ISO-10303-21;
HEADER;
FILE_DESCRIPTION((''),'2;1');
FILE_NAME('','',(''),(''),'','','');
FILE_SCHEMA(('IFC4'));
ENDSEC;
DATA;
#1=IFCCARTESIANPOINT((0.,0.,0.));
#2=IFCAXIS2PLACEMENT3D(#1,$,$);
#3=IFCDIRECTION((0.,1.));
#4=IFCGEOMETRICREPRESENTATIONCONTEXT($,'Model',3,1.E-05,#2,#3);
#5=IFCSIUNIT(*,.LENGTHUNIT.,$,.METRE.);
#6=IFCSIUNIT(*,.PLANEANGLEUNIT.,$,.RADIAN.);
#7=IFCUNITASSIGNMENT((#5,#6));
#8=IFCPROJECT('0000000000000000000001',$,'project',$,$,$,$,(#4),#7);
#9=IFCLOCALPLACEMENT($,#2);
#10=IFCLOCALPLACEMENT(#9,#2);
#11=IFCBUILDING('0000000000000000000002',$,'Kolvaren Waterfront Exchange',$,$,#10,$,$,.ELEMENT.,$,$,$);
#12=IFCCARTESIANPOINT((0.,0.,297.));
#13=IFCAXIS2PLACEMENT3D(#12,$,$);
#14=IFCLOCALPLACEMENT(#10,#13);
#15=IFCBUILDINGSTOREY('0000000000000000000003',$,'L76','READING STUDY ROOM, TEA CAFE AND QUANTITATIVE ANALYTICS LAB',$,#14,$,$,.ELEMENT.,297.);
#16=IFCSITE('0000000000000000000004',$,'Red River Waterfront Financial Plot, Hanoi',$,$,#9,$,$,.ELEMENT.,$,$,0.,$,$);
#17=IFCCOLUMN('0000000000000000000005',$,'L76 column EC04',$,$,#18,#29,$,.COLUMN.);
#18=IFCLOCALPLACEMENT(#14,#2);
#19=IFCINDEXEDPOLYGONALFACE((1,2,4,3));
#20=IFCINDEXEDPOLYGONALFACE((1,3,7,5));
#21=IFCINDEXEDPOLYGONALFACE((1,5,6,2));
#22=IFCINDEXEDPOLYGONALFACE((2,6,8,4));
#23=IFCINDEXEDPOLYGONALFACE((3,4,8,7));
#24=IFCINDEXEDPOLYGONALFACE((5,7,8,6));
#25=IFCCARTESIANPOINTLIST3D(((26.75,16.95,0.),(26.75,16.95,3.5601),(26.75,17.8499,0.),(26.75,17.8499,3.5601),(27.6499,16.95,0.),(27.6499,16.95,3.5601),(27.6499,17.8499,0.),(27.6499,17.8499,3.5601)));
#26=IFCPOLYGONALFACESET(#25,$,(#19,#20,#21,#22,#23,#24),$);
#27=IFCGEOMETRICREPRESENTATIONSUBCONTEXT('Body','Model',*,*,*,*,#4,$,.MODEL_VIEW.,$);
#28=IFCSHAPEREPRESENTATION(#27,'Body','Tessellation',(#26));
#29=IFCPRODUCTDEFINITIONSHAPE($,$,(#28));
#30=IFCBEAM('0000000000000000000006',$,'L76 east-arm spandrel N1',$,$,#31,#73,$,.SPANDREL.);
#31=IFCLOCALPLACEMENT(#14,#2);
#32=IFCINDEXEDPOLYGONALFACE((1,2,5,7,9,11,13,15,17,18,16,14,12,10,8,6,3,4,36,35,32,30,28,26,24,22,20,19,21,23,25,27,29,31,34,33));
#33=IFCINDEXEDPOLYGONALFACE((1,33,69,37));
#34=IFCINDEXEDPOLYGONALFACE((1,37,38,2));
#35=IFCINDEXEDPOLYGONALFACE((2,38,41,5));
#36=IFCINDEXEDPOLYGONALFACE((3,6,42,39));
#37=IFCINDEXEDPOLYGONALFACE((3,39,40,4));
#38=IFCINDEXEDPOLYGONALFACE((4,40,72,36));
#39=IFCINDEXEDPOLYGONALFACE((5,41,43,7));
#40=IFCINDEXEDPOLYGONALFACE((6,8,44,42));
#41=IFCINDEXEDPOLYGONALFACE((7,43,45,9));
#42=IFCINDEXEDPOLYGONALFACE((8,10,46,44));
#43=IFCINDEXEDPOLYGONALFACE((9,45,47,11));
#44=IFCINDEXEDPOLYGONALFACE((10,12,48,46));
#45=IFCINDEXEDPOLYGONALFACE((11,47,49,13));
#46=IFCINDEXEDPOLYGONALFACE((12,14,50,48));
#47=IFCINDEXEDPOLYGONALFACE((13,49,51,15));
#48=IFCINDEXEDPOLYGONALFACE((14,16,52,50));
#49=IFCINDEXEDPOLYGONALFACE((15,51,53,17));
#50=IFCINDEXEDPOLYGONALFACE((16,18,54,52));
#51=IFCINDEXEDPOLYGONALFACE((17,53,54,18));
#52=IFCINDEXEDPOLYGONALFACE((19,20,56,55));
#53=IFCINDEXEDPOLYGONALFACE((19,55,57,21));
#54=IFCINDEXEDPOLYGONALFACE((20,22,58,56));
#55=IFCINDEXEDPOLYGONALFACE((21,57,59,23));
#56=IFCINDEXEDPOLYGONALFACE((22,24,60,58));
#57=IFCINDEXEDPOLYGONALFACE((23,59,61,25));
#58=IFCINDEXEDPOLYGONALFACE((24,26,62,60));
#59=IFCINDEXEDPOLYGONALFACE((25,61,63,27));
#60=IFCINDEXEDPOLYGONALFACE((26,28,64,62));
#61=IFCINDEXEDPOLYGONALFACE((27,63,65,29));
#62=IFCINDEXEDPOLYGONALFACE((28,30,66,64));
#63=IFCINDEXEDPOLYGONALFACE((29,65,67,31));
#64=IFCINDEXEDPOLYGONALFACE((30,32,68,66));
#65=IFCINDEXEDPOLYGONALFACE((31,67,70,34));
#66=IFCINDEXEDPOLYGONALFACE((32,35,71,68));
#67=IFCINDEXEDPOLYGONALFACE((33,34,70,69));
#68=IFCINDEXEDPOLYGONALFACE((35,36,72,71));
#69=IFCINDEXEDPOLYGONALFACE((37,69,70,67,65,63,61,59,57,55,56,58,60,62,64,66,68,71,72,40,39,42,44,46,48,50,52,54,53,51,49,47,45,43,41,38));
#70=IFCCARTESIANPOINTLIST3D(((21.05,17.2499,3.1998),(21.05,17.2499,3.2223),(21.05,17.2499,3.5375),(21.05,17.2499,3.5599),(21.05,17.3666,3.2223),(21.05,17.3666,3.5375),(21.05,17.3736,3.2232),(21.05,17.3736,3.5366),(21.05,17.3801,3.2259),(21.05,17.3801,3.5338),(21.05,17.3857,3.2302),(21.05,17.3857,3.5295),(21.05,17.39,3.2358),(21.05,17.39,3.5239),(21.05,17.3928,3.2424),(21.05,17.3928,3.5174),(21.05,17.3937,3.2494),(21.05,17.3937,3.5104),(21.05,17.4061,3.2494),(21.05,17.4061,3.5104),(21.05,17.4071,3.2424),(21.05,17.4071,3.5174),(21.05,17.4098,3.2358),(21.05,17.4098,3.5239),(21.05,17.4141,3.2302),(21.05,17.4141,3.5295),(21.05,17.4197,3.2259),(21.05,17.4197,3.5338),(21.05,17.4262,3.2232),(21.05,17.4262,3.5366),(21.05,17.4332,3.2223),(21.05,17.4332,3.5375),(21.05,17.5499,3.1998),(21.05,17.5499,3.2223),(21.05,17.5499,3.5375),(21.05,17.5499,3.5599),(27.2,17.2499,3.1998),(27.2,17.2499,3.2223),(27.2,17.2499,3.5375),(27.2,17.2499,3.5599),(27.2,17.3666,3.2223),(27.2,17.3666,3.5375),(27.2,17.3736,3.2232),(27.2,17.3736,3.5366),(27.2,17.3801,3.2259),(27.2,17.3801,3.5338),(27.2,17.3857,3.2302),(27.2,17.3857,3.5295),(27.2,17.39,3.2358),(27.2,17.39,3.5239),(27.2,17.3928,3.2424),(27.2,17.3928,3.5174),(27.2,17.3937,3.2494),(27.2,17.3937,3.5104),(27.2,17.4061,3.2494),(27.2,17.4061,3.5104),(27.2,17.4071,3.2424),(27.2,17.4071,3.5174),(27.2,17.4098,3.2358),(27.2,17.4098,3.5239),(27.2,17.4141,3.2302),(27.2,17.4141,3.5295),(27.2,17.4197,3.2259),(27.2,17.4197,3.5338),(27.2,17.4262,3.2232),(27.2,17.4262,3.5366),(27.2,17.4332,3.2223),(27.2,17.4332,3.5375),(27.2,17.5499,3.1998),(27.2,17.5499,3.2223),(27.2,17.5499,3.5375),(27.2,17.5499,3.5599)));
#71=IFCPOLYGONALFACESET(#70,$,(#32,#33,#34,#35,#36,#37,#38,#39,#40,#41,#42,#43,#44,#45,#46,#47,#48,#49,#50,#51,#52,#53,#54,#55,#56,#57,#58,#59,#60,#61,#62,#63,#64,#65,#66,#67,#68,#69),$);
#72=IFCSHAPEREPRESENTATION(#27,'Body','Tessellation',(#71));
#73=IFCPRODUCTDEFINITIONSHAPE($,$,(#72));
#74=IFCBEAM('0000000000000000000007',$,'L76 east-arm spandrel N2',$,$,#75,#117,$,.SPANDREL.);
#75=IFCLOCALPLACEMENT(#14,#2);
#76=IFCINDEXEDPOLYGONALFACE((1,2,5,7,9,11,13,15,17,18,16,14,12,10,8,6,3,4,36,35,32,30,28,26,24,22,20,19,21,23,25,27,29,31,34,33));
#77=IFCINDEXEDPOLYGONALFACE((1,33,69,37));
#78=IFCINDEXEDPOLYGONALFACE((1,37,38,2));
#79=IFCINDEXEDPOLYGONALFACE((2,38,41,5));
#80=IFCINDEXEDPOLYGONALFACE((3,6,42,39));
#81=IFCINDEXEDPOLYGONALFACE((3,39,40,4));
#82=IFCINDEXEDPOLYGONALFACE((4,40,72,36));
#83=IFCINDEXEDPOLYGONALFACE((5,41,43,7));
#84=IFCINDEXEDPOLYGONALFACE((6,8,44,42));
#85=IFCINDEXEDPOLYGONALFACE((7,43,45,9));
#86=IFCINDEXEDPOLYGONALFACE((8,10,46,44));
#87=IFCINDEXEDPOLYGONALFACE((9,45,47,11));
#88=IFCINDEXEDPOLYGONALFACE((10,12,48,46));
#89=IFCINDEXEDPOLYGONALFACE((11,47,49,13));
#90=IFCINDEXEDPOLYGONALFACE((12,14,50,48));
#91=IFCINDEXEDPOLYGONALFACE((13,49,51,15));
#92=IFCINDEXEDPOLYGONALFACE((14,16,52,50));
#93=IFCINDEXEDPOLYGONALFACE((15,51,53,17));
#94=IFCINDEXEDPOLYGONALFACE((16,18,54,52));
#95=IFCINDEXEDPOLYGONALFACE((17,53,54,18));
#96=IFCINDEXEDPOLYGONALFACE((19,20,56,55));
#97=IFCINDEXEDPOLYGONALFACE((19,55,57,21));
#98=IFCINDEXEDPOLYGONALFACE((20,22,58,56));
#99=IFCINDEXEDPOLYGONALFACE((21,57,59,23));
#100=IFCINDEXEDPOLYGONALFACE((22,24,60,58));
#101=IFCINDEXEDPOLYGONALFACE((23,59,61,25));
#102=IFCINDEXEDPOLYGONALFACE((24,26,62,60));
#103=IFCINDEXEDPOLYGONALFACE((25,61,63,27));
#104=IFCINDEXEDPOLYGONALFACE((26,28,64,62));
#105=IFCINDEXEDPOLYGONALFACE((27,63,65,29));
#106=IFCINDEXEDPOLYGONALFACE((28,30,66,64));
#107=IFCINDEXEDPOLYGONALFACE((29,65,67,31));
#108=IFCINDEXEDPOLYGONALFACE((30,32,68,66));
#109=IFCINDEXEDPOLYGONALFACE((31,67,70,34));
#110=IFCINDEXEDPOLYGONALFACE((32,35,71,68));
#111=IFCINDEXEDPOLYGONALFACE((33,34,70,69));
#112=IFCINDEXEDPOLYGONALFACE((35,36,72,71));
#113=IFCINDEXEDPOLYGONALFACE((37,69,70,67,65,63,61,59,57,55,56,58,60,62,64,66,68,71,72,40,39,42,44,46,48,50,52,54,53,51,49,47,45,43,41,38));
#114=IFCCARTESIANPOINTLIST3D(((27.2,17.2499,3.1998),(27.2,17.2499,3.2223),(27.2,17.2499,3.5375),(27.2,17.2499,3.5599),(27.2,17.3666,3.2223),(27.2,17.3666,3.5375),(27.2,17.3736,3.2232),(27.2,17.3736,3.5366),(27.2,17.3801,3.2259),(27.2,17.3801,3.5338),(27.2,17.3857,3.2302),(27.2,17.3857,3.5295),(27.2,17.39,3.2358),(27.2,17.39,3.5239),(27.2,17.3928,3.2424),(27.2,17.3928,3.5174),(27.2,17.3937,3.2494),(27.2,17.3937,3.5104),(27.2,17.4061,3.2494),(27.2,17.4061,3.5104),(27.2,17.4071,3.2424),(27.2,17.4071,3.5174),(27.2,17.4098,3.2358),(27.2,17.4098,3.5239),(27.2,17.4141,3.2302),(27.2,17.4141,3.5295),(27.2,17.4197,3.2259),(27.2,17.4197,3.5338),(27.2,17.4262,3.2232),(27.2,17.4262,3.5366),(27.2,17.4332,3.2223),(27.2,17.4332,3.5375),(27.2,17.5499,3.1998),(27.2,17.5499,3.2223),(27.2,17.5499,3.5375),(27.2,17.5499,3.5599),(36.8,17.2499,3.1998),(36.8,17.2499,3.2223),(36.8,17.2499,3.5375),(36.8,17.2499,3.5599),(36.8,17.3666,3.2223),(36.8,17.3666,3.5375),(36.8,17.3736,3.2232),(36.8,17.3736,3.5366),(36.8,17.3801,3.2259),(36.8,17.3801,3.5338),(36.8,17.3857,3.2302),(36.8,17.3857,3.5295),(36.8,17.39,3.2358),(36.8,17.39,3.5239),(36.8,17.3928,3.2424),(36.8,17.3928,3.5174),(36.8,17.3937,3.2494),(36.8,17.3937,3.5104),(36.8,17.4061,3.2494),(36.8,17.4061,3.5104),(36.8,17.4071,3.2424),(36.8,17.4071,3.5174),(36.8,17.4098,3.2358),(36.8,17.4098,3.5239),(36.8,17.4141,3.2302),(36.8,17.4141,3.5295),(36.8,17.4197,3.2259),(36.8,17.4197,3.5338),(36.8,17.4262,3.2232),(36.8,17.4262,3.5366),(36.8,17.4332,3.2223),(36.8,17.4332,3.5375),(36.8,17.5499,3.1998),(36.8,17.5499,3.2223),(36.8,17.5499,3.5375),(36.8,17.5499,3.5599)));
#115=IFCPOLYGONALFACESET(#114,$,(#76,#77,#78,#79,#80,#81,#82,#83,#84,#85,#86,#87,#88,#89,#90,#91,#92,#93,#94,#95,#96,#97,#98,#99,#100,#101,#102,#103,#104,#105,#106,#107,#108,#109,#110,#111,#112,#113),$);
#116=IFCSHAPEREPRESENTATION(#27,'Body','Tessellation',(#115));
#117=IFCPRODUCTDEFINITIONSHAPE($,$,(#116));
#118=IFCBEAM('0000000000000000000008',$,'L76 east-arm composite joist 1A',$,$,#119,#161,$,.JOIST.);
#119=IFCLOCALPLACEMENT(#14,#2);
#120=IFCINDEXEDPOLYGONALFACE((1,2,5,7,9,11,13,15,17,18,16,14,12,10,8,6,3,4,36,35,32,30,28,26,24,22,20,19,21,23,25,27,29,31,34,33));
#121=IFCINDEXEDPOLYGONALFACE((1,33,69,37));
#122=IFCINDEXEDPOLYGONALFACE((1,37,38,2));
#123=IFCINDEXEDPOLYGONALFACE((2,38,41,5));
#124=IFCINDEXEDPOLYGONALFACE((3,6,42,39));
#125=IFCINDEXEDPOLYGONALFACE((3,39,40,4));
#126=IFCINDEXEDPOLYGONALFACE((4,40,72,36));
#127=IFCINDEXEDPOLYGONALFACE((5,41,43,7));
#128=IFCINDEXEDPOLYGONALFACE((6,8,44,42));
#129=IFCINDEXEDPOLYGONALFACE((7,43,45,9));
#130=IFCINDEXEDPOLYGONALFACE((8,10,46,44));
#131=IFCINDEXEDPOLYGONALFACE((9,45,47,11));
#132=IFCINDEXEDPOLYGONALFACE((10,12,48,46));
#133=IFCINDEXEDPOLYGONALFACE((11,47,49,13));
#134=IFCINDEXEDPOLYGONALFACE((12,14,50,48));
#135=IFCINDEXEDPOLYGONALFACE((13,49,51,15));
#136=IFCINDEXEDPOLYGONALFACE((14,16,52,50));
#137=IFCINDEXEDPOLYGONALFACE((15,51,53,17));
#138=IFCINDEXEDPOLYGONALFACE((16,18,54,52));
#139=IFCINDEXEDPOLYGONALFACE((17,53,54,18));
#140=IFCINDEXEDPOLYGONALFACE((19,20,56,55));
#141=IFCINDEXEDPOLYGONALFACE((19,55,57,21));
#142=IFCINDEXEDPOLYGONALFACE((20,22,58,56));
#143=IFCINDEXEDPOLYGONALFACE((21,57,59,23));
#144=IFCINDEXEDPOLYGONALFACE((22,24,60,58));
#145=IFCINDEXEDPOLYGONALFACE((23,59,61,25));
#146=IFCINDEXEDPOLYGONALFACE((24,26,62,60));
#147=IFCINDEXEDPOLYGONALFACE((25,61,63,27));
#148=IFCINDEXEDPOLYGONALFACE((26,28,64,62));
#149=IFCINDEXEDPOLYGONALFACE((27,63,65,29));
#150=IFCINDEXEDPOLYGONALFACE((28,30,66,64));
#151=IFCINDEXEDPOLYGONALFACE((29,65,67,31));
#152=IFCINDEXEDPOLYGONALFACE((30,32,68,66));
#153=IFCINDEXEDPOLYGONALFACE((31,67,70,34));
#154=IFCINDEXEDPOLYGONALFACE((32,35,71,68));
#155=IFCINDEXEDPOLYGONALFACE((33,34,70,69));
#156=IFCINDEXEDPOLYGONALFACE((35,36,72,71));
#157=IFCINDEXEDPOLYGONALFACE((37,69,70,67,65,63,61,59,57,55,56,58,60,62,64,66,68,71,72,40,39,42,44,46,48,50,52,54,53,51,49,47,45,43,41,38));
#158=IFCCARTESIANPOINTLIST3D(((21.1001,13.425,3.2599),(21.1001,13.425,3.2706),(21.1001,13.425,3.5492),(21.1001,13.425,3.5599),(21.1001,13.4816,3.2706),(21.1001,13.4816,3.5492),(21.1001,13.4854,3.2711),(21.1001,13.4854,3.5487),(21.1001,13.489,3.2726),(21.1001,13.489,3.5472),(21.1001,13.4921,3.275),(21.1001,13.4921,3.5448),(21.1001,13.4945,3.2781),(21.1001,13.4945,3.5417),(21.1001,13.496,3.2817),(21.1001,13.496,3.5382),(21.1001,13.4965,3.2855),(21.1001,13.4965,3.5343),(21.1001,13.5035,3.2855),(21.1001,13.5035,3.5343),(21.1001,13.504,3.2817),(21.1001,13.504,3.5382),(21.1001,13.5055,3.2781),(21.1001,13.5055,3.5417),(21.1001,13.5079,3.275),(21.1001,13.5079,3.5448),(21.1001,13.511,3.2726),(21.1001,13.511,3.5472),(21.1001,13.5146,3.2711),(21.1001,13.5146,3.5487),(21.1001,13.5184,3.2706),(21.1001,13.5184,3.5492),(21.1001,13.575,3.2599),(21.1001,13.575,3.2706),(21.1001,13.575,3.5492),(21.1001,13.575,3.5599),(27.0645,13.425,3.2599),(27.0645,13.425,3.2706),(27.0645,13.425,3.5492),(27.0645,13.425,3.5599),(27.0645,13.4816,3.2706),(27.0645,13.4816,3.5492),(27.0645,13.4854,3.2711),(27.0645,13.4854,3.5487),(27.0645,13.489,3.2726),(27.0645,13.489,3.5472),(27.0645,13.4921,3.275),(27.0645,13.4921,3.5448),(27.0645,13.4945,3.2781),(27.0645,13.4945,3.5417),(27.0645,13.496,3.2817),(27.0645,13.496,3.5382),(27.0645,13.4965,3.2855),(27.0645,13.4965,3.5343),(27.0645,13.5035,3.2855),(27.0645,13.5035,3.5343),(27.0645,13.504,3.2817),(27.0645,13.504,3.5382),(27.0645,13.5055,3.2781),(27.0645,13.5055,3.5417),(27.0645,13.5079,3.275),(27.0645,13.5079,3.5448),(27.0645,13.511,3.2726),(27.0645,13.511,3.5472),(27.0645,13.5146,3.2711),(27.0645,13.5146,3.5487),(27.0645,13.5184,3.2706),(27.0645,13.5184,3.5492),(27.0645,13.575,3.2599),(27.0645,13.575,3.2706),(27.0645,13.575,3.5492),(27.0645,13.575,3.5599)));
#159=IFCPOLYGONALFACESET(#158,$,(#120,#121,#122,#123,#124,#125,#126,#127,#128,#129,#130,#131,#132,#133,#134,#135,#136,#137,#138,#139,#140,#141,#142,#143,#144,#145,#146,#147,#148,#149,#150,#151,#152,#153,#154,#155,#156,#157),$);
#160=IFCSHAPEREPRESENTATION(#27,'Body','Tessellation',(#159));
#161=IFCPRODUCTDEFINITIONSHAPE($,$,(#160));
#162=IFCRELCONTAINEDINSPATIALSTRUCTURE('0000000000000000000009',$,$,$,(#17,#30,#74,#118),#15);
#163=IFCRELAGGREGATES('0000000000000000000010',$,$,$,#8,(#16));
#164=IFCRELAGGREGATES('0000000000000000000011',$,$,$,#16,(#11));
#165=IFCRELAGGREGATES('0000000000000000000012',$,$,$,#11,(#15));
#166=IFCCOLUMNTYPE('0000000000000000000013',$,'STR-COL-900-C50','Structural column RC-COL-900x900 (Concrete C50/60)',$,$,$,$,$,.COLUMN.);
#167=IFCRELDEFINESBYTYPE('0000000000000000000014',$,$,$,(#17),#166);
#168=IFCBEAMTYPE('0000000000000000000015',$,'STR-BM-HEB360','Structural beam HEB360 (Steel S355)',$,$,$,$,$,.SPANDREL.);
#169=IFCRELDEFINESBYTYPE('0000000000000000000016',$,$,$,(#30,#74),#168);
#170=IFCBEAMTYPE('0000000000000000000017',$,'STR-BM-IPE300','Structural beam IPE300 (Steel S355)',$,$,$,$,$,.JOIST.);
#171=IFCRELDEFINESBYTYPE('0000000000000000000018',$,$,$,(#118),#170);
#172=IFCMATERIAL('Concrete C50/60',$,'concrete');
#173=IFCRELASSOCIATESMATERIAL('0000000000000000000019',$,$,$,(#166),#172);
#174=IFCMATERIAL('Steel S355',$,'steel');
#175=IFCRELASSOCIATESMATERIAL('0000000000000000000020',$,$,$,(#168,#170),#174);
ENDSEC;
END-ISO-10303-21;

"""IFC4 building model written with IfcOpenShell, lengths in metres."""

from ifc_helpers import new_model, si_unit, direction, frame, origin, origin_2d, place, context, subcontext, project, spatial, rectangle, i_section, extrude, material, material_profile, profile_set, type_object, element, save


model = new_model("IFC4")

# Units and contexts
model_context = context("Model", 3, precision=1e-05, world=origin(), true_north=direction((0.0, 1.0)))
body_context = subcontext(model_context, "Body", "Model", "MODEL_VIEW")
ifc_project = project(units=[si_unit("LENGTHUNIT", "METRE"), si_unit("PLANEANGLEUNIT", "RADIAN")], contexts=[model_context])

# Site, building, storey
site_placement = place(None, origin())
site = spatial("IfcSite", under=ifc_project, at=site_placement, Name="Red River Waterfront Financial Plot, Hanoi", CompositionType="ELEMENT", RefElevation=0.0)
building_placement = place(site_placement, origin())
building = spatial("IfcBuilding", under=site, at=building_placement, Name="Kolvaren Waterfront Exchange", CompositionType="ELEMENT")
storey_placement = place(building_placement, frame((0.0, 0.0, 297.0)))
storey = spatial("IfcBuildingStorey", under=building, at=storey_placement, Name="L76", Description="READING STUDY ROOM, TEA CAFE AND QUANTITATIVE ANALYTICS LAB", CompositionType="ELEMENT", Elevation=297.0)

# Column
ifc_material_1 = material(Name="Concrete C50/60", Category="concrete")
ifc_material_profile_1 = material_profile(ifc_material_1, rectangle(XDim=0.8999, YDim=0.8999, at=origin_2d()), Name="RC-COL-900x900")
ifc_profile_set_1 = profile_set([ifc_material_profile_1], Name="Concrete C50/60")
column_type = type_object("IfcColumnType", Name="STR-COL-900-C50", Description="Structural column RC-COL-900x900 (Concrete C50/60)", PredefinedType="COLUMN", material=ifc_profile_set_1)
column_placement = place(storey_placement, frame((27.2, 17.3999, 0.0), z_axis=(0.0, 0.0, 1.0), x_axis=(1.0, 0.0, 0.0)))
element("IfcColumn", 1, at=column_placement, inside=storey, type_object=column_type, Name="L76 column EC04", PredefinedType="COLUMN", context=body_context, shape_type="SweptSolid", body=[
    extrude(rectangle(XDim=0.8999, YDim=0.8999, at=origin_2d()), origin(), (0.0, 0.0, 1.0), 3.5601),
])

# Beams
ifc_material_2 = material(Name="Steel S355", Category="steel")
ifc_material_profile_2 = material_profile(ifc_material_2, i_section(OverallWidth=0.3, OverallDepth=0.3601, WebThickness=0.0125, FlangeThickness=0.0225, FilletRadius=0.0271, at=origin_2d()), Name="HEB360")
ifc_profile_set_2 = profile_set([ifc_material_profile_2], Name="Steel S355")
beam_type_1 = type_object("IfcBeamType", Name="STR-BM-HEB360", Description="Structural beam HEB360 (Steel S355)", PredefinedType="SPANDREL", material=ifc_profile_set_2)
beam_1_placement = place(storey_placement, frame((21.05, 17.3999, 3.3799), z_axis=(1.0, 0.0, 0.0), x_axis=(0.0, 1.0, 0.0)))
element("IfcBeam", 2, at=beam_1_placement, inside=storey, type_object=beam_type_1, Name="L76 east-arm spandrel N1", PredefinedType="SPANDREL", context=body_context, shape_type="SweptSolid", body=[
    extrude(i_section(OverallWidth=0.3, OverallDepth=0.3601, WebThickness=0.0125, FlangeThickness=0.0225, FilletRadius=0.0271, at=origin_2d()), origin(), (0.0, 0.0, 1.0), 6.1499),
])
beam_2_placement = place(storey_placement, frame((27.2, 17.3999, 3.3799), z_axis=(1.0, 0.0, 0.0), x_axis=(0.0, 1.0, 0.0)))
element("IfcBeam", 3, at=beam_2_placement, inside=storey, type_object=beam_type_1, Name="L76 east-arm spandrel N2", PredefinedType="SPANDREL", context=body_context, shape_type="SweptSolid", body=[
    extrude(i_section(OverallWidth=0.3, OverallDepth=0.3601, WebThickness=0.0125, FlangeThickness=0.0225, FilletRadius=0.0271, at=origin_2d()), origin(), (0.0, 0.0, 1.0), 9.6001),
])
ifc_material_profile_3 = material_profile(ifc_material_2, i_section(OverallWidth=0.1499, OverallDepth=0.3, WebThickness=0.0071, FlangeThickness=0.0107, FilletRadius=0.0149, at=origin_2d()), Name="IPE300")
ifc_profile_set_3 = profile_set([ifc_material_profile_3], Name="Steel S355")
beam_type_2 = type_object("IfcBeamType", Name="STR-BM-IPE300", Description="Structural beam IPE300 (Steel S355)", PredefinedType="JOIST", material=ifc_profile_set_3)
for number, where, z_axis, x_axis, name in (
    (4, (21.1001, 13.5, 3.4099), (1.0, 0.0, 0.0), (0.0, 1.0, 0.0), "L76 east-arm composite joist 1A"),
):
    element("IfcBeam", number, at=place(storey_placement, frame(where, z_axis=z_axis, x_axis=x_axis)), inside=storey, type_object=beam_type_2, Name=name, PredefinedType="JOIST", context=body_context, shape_type="SweptSolid", body=[
        extrude(i_section(OverallWidth=0.1499, OverallDepth=0.3, WebThickness=0.0071, FlangeThickness=0.0107, FilletRadius=0.0149, at=origin_2d()), origin(), (0.0, 0.0, 1.0), 5.9644),
    ])

save(model, "model.ifc")
